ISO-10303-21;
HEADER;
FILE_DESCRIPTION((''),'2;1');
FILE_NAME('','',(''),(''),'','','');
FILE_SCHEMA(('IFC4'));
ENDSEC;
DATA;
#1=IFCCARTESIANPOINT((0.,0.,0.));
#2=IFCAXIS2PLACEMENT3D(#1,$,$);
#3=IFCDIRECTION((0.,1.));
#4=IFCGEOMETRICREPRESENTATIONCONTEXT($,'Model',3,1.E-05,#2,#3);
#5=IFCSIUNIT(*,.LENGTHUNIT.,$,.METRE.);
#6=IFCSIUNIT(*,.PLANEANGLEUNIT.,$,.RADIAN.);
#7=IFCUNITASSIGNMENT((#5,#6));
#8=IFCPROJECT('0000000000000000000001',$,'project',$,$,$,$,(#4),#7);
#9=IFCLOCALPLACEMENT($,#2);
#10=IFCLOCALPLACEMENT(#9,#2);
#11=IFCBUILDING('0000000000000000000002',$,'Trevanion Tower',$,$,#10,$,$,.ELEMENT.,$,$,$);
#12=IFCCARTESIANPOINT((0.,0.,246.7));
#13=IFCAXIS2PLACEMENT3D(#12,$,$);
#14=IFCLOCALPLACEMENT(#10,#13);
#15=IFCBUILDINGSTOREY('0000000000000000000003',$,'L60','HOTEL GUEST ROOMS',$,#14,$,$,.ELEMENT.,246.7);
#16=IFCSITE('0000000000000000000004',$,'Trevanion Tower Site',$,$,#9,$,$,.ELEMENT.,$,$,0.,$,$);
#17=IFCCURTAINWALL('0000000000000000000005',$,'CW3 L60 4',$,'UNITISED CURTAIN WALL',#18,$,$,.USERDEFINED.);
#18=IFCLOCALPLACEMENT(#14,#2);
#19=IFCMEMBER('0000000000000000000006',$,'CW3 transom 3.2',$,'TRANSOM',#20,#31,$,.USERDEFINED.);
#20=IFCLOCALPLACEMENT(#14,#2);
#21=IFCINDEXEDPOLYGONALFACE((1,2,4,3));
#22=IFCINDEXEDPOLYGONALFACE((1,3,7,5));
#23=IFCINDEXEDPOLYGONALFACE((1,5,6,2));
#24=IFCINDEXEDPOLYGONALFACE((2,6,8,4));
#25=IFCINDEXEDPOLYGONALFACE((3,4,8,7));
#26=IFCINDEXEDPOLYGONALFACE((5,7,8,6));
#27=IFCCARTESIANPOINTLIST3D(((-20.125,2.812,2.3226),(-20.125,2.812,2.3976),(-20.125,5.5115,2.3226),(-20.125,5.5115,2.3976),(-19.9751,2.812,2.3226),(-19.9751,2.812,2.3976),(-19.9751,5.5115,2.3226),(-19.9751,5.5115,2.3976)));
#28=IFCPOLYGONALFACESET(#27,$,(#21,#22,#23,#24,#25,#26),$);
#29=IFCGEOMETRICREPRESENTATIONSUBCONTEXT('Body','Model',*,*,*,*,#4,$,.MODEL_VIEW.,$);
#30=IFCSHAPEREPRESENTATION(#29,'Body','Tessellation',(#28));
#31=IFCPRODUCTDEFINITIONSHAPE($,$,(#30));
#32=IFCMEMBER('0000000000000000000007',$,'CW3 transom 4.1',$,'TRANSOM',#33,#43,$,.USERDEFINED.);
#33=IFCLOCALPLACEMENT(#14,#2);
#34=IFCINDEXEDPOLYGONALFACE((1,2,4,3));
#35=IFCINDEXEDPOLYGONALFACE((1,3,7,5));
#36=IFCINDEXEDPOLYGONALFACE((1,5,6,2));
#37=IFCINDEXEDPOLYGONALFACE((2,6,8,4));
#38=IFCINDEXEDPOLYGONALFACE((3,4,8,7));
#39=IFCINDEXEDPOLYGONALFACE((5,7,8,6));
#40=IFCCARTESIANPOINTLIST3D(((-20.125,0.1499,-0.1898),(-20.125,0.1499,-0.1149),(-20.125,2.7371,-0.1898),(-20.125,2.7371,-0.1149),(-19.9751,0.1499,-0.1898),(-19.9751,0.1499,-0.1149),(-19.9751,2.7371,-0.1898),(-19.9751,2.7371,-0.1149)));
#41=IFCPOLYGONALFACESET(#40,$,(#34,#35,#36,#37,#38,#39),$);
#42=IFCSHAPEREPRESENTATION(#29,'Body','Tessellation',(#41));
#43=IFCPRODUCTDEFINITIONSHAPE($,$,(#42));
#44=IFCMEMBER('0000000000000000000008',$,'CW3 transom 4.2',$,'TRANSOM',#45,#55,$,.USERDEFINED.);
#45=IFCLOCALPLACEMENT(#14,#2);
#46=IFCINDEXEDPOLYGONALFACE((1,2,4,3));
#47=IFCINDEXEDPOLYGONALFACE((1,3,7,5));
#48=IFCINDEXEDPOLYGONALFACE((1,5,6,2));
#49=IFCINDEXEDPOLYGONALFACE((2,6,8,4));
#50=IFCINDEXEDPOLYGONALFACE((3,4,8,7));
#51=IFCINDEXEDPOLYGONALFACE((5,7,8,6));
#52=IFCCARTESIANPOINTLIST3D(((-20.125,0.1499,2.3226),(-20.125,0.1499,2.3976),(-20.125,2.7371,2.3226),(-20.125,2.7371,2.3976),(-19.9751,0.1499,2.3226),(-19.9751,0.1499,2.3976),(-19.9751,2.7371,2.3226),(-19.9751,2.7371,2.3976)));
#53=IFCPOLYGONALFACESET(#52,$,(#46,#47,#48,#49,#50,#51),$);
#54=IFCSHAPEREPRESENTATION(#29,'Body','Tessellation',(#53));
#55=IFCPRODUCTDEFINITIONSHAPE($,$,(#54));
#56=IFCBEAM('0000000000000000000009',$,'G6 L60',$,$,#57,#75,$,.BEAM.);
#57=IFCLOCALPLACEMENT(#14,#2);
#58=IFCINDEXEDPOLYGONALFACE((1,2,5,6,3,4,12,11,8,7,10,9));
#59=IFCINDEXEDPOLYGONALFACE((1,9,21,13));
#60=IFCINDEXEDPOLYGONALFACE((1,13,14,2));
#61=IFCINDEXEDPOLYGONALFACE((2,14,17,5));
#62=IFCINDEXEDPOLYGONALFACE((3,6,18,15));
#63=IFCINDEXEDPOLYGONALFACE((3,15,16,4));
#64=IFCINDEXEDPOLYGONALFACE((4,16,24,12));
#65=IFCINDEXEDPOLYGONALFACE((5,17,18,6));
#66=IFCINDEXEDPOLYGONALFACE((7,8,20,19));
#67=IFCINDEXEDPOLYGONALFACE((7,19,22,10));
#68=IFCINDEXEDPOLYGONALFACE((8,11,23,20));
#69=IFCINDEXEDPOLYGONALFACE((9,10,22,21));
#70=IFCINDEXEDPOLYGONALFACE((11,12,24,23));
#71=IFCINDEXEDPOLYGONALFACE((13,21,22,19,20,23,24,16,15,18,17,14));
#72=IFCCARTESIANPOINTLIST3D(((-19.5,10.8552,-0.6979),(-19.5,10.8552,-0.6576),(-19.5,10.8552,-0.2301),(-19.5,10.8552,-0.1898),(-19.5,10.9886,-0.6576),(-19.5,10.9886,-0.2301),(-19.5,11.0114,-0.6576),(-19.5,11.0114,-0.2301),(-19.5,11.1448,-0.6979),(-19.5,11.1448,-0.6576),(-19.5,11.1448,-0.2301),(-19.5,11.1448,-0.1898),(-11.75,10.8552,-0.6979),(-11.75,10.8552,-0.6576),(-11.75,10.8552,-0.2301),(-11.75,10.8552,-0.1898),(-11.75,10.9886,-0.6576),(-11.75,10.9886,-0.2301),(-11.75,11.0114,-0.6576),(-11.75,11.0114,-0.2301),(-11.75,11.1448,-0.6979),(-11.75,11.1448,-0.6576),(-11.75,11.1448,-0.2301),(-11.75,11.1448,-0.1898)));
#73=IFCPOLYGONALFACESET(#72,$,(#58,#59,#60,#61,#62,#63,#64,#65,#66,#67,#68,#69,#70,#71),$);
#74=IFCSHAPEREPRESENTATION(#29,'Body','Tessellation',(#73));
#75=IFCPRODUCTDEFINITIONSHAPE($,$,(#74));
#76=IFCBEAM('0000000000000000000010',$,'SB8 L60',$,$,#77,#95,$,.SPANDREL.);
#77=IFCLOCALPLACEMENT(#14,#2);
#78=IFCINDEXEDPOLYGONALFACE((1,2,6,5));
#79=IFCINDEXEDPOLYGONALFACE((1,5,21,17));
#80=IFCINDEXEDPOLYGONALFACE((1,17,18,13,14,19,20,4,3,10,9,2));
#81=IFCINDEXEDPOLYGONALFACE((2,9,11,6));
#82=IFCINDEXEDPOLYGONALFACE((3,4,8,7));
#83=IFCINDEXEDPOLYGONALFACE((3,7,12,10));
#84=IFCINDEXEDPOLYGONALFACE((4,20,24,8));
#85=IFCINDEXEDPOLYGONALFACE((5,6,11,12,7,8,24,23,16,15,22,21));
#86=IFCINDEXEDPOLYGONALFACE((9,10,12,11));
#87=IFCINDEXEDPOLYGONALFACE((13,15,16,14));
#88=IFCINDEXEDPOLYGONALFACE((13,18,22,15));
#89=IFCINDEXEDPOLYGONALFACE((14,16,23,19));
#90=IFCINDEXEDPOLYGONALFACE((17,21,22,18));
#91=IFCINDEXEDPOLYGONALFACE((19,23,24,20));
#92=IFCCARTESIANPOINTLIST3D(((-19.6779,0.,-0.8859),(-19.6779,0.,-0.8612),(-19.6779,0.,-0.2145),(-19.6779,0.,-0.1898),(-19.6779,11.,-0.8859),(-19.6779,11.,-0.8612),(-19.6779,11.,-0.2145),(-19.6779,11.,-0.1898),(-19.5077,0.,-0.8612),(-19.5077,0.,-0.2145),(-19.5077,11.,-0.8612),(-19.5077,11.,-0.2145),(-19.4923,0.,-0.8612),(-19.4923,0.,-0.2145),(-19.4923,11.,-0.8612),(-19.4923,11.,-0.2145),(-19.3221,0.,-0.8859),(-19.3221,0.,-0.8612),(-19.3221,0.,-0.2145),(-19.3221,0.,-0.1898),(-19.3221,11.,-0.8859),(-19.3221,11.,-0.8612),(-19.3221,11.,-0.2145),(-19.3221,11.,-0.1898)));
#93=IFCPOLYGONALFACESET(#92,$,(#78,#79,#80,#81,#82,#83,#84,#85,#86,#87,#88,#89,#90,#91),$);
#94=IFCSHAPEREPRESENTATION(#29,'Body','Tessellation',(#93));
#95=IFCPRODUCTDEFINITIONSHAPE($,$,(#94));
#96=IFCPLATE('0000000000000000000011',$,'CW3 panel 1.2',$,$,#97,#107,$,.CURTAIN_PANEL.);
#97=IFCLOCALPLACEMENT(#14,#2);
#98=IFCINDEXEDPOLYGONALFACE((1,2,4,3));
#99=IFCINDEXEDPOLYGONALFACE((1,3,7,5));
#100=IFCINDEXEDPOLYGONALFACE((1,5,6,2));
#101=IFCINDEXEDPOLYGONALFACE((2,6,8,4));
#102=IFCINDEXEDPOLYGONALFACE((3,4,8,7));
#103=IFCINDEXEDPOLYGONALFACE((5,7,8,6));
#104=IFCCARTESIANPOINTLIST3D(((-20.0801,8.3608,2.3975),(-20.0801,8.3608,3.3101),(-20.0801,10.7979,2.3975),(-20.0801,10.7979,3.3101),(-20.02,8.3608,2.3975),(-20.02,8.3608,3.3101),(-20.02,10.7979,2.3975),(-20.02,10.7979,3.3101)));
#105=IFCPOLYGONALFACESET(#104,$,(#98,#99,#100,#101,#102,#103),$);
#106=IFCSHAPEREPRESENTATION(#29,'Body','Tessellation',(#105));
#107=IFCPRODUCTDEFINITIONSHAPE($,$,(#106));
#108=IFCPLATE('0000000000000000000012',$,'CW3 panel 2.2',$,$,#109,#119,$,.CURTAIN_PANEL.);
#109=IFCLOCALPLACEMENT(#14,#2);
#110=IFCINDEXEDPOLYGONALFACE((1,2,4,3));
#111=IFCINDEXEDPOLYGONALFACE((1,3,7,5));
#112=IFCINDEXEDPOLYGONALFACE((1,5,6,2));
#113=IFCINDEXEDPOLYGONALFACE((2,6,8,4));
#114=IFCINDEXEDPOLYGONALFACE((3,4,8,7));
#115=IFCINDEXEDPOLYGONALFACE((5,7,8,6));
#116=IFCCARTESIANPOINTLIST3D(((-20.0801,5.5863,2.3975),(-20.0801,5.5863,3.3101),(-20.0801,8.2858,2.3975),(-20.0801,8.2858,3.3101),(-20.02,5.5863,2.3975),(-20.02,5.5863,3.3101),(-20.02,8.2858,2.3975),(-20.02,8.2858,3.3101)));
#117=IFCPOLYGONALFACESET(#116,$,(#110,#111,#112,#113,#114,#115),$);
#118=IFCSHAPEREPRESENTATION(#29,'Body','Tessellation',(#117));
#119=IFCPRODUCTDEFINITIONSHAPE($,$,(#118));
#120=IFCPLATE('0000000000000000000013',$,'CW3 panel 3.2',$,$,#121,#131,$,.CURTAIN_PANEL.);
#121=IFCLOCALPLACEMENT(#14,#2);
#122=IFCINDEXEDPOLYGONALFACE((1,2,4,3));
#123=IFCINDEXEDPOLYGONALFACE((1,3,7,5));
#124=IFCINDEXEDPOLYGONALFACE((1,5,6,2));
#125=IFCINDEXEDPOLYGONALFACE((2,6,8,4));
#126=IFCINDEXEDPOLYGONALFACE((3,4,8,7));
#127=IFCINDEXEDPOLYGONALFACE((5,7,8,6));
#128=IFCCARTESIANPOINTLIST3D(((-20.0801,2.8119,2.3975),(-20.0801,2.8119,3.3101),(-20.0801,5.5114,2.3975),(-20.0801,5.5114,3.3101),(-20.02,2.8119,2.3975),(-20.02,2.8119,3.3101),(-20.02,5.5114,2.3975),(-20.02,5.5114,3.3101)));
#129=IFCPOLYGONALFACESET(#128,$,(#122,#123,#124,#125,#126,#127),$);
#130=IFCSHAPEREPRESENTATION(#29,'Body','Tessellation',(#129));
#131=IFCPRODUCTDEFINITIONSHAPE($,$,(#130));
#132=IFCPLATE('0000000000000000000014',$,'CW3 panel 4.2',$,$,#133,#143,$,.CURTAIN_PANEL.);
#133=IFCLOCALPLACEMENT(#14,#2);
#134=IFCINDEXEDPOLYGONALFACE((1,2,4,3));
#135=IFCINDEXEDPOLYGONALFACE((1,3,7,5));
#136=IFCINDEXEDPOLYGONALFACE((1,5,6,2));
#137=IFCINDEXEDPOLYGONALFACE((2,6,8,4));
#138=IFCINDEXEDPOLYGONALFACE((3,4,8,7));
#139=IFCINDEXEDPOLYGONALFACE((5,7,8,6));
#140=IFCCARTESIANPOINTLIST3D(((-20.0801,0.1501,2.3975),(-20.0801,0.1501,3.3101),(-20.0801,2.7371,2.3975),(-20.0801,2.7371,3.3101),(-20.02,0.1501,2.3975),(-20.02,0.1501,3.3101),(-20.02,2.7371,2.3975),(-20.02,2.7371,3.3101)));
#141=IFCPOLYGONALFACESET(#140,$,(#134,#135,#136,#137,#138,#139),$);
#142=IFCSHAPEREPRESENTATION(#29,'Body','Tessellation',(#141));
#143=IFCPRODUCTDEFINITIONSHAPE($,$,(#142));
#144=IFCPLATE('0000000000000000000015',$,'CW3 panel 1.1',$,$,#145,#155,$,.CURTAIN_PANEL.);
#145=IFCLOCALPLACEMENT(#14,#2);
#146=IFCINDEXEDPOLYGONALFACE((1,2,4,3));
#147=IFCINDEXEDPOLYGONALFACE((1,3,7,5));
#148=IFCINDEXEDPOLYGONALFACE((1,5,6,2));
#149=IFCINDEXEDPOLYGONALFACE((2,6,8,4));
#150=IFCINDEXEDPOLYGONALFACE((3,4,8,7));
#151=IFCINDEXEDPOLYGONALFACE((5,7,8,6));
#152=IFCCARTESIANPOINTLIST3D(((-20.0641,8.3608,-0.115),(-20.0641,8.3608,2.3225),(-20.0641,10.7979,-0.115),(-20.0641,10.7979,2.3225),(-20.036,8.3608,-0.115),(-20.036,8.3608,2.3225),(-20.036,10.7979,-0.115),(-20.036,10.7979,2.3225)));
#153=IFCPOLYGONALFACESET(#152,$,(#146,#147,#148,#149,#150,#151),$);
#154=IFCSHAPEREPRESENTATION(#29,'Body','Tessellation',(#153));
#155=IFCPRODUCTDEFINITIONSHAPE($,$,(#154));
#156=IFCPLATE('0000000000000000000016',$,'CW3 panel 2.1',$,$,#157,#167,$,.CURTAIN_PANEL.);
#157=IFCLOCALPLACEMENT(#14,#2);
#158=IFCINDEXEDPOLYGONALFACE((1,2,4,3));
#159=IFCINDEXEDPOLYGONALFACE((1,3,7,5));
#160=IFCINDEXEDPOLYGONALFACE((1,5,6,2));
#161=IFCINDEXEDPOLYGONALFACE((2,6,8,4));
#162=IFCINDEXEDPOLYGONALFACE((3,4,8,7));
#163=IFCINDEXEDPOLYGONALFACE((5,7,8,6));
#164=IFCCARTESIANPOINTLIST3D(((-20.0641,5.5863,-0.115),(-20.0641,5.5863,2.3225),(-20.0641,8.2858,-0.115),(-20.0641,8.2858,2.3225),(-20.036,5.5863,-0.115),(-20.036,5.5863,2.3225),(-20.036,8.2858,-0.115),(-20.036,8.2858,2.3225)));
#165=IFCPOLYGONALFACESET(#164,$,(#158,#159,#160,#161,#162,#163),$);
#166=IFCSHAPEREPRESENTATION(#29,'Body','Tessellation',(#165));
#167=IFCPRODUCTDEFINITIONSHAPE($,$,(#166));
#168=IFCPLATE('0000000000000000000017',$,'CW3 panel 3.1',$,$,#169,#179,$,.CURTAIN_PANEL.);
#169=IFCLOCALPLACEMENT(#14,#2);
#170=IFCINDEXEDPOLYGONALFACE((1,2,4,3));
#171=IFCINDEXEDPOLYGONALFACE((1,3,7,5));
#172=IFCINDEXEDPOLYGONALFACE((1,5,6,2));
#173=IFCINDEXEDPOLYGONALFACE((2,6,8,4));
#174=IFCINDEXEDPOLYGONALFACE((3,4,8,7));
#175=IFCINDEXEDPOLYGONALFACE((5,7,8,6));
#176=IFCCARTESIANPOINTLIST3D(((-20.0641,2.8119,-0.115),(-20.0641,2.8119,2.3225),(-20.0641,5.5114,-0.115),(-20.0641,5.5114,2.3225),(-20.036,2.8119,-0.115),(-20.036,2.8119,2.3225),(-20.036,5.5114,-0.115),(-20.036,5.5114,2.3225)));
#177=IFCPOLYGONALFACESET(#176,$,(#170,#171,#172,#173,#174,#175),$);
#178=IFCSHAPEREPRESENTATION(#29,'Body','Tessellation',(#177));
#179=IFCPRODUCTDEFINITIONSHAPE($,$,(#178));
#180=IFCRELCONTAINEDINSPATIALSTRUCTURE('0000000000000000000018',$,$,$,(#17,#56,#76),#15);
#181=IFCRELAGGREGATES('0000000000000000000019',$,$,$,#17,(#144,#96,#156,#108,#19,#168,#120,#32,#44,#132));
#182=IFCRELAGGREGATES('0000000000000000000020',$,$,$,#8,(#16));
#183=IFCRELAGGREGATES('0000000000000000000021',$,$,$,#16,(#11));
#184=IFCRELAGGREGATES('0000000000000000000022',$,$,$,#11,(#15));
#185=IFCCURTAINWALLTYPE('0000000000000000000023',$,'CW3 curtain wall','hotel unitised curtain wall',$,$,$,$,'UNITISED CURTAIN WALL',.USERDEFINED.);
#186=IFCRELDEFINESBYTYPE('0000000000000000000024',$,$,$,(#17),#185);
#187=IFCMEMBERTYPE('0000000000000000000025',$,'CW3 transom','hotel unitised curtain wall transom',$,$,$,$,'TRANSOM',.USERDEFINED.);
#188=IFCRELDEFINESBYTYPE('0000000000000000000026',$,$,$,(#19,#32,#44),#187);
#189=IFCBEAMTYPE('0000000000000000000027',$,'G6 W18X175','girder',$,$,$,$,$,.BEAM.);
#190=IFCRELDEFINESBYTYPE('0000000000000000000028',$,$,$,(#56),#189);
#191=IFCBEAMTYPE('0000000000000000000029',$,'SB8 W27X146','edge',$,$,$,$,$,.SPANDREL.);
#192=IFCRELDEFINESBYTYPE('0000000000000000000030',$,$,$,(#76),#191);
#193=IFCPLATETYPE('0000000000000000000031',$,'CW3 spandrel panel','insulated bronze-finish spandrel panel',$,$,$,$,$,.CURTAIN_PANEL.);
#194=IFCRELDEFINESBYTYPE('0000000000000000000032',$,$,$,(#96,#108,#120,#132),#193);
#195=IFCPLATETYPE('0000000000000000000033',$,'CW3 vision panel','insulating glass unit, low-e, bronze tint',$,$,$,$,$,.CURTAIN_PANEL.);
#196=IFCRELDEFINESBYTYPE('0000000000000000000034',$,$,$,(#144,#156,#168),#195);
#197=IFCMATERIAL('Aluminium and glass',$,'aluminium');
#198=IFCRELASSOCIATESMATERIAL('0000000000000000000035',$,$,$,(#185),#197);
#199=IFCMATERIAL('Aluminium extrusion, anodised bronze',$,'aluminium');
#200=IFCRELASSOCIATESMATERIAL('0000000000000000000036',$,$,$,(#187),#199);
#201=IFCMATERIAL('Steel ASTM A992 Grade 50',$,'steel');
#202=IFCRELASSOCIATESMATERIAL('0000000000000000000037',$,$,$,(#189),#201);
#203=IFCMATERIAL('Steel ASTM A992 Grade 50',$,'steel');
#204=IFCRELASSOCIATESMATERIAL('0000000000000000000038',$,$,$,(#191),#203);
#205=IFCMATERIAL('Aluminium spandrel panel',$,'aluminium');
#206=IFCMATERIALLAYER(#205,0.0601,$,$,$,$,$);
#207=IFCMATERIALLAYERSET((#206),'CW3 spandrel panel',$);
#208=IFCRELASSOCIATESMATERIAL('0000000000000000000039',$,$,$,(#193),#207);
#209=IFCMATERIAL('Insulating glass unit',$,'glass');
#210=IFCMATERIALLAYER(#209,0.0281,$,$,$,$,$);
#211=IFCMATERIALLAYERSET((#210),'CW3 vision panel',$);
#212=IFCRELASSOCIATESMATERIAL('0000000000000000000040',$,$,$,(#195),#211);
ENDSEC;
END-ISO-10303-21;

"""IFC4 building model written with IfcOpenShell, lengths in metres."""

from ifc_helpers import new_model, si_unit, direction, frame, origin, origin_2d, place, context, subcontext, project, spatial, rectangle, i_section, extrude, material, layer, layer_set, material_profile, profile_set, type_object, element, aggregate, save


model = new_model("IFC4")

# Units and contexts
model_context = context("Model", 3, precision=1e-05, world=origin(), true_north=direction((0.0, 1.0)))
body_context = subcontext(model_context, "Body", "Model", "MODEL_VIEW")
ifc_project = project(units=[si_unit("LENGTHUNIT", "METRE"), si_unit("PLANEANGLEUNIT", "RADIAN")], contexts=[model_context])

# Site, building, storey
site_placement = place(None, origin())
site = spatial("IfcSite", under=ifc_project, at=site_placement, Name="Trevanion Tower Site", CompositionType="ELEMENT", RefElevation=0.0)
building_placement = place(site_placement, origin())
building = spatial("IfcBuilding", under=site, at=building_placement, Name="Trevanion Tower", CompositionType="ELEMENT")
storey_placement = place(building_placement, frame((0.0, 0.0, 246.7)))
storey = spatial("IfcBuildingStorey", under=building, at=storey_placement, Name="L60", Description="HOTEL GUEST ROOMS", CompositionType="ELEMENT", Elevation=246.7)

# Curtain wall, members
ifc_material_1 = material(Name="Aluminium and glass", Category="aluminium")
curtain_wall_type = type_object("IfcCurtainWallType", Name="CW3 curtain wall", Description="hotel unitised curtain wall", ElementType="UNITISED CURTAIN WALL", PredefinedType="USERDEFINED", material=ifc_material_1)
curtain_wall_placement = place(storey_placement, origin())
curtain_wall = element("IfcCurtainWall", 1, at=curtain_wall_placement, inside=storey, type_object=curtain_wall_type, Name="CW3 L60 4", ObjectType="UNITISED CURTAIN WALL", PredefinedType="USERDEFINED")
ifc_material_2 = material(Name="Aluminium extrusion, anodised bronze", Category="aluminium")
ifc_material_profile_1 = material_profile(ifc_material_2, rectangle(XDim=0.1499, YDim=0.075, at=origin_2d()), Name="CW3 transom")
ifc_profile_set_1 = profile_set([ifc_material_profile_1], Name="Aluminium extrusion, anodised bronze")
member_type_1 = type_object("IfcMemberType", Name="CW3 transom", Description="hotel unitised curtain wall transom", ElementType="TRANSOM", PredefinedType="USERDEFINED", material=ifc_profile_set_1)
member_1_placement = place(storey_placement, frame((-20.05, 5.5115, 2.3601), z_axis=(0.0, -1.0, 0.0), x_axis=(1.0, 0.0, 0.0)))
member_1 = element("IfcMember", 2, at=member_1_placement, type_object=member_type_1, Name="CW3 transom 3.2", ObjectType="TRANSOM", PredefinedType="USERDEFINED", context=body_context, shape_type="SweptSolid", body=[
    extrude(rectangle(XDim=0.1499, YDim=0.075, at=origin_2d()), origin(), (0.0, 0.0, 1.0), 2.6995),
])
member_2_placement = place(storey_placement, frame((-20.05, 2.7371, -0.1523), z_axis=(0.0, -1.0, 0.0), x_axis=(1.0, 0.0, 0.0)))
member_2 = element("IfcMember", 3, at=member_2_placement, type_object=member_type_1, Name="CW3 transom 4.1", ObjectType="TRANSOM", PredefinedType="USERDEFINED", context=body_context, shape_type="SweptSolid", body=[
    extrude(rectangle(XDim=0.1499, YDim=0.075, at=origin_2d()), origin(), (0.0, 0.0, 1.0), 2.5872),
])
member_3_placement = place(storey_placement, frame((-20.05, 2.7371, 2.3601), z_axis=(0.0, -1.0, 0.0), x_axis=(1.0, 0.0, 0.0)))
member_3 = element("IfcMember", 4, at=member_3_placement, type_object=member_type_1, Name="CW3 transom 4.2", ObjectType="TRANSOM", PredefinedType="USERDEFINED", context=body_context, shape_type="SweptSolid", body=[
    extrude(rectangle(XDim=0.1499, YDim=0.075, at=origin_2d()), origin(), (0.0, 0.0, 1.0), 2.5872),
])

# Beams
ifc_material_3 = material(Name="Steel ASTM A992 Grade 50", Category="steel")
ifc_material_profile_2 = material_profile(ifc_material_3, i_section(OverallWidth=0.2896, OverallDepth=0.5081, WebThickness=0.0227, FlangeThickness=0.0403, at=origin_2d()), Name="W18X175")
ifc_profile_set_2 = profile_set([ifc_material_profile_2], Name="Steel ASTM A992 Grade 50")
beam_type_1 = type_object("IfcBeamType", Name="G6 W18X175", Description="girder", PredefinedType="BEAM", material=ifc_profile_set_2)
beam_1_placement = place(storey_placement, frame((-11.75, 11.0, -0.4438), z_axis=(-1.0, 0.0, 0.0), x_axis=(0.0, -1.0, 0.0)))
element("IfcBeam", 5, at=beam_1_placement, inside=storey, type_object=beam_type_1, Name="G6 L60", PredefinedType="BEAM", context=body_context, shape_type="SweptSolid", body=[
    extrude(i_section(OverallWidth=0.2896, OverallDepth=0.5081, WebThickness=0.0227, FlangeThickness=0.0403, at=origin_2d()), origin(), (0.0, 0.0, 1.0), 7.75),
])
ifc_material_4 = material(Name="Steel ASTM A992 Grade 50", Category="steel")
ifc_material_profile_3 = material_profile(ifc_material_4, i_section(OverallWidth=0.3557, OverallDepth=0.696, WebThickness=0.0154, FlangeThickness=0.0247, at=origin_2d()), Name="W27X146")
ifc_profile_set_3 = profile_set([ifc_material_profile_3], Name="Steel ASTM A992 Grade 50")
beam_type_2 = type_object("IfcBeamType", Name="SB8 W27X146", Description="edge", PredefinedType="SPANDREL", material=ifc_profile_set_3)
beam_2_placement = place(storey_placement, frame((-19.5, 11.0, -0.5378), z_axis=(0.0, -1.0, 0.0), x_axis=(1.0, 0.0, 0.0)))
element("IfcBeam", 6, at=beam_2_placement, inside=storey, type_object=beam_type_2, Name="SB8 L60", PredefinedType="SPANDREL", context=body_context, shape_type="SweptSolid", body=[
    extrude(i_section(OverallWidth=0.3557, OverallDepth=0.696, WebThickness=0.0154, FlangeThickness=0.0247, at=origin_2d()), origin(), (0.0, 0.0, 1.0), 11.0),
])

# Plates
ifc_material_5 = material(Name="Aluminium spandrel panel", Category="aluminium")
ifc_layer_1 = layer(ifc_material_5, 0.0601)
ifc_layer_set_1 = layer_set([ifc_layer_1], Name="CW3 spandrel panel")
plate_type_1 = type_object("IfcPlateType", Name="CW3 spandrel panel", Description="insulated bronze-finish spandrel panel", PredefinedType="CURTAIN_PANEL", material=ifc_layer_set_1)
plate_1_placement = place(storey_placement, frame((-20.05, 9.5793, 2.3975), z_axis=(0.0, 0.0, 1.0), x_axis=(0.0, -1.0, 0.0)))
plate_1 = element("IfcPlate", 7, at=plate_1_placement, type_object=plate_type_1, Name="CW3 panel 1.2", PredefinedType="CURTAIN_PANEL", context=body_context, shape_type="SweptSolid", body=[
    extrude(rectangle(XDim=2.437, YDim=0.0601, at=origin_2d()), origin(), (0.0, 0.0, 1.0), 0.9126),
])
plate_2_placement = place(storey_placement, frame((-20.05, 6.936, 2.3975), z_axis=(0.0, 0.0, 1.0), x_axis=(0.0, -1.0, 0.0)))
plate_2 = element("IfcPlate", 8, at=plate_2_placement, type_object=plate_type_1, Name="CW3 panel 2.2", PredefinedType="CURTAIN_PANEL", context=body_context, shape_type="SweptSolid", body=[
    extrude(rectangle(XDim=2.6995, YDim=0.0601, at=origin_2d()), origin(), (0.0, 0.0, 1.0), 0.9126),
])
plate_3_placement = place(storey_placement, frame((-20.05, 4.1616, 2.3975), z_axis=(0.0, 0.0, 1.0), x_axis=(0.0, -1.0, 0.0)))
plate_3 = element("IfcPlate", 9, at=plate_3_placement, type_object=plate_type_1, Name="CW3 panel 3.2", PredefinedType="CURTAIN_PANEL", context=body_context, shape_type="SweptSolid", body=[
    extrude(rectangle(XDim=2.6995, YDim=0.0601, at=origin_2d()), origin(), (0.0, 0.0, 1.0), 0.9126),
])
plate_4_placement = place(storey_placement, frame((-20.05, 1.4436, 2.3975), z_axis=(0.0, 0.0, 1.0), x_axis=(0.0, -1.0, 0.0)))
plate_4 = element("IfcPlate", 10, at=plate_4_placement, type_object=plate_type_1, Name="CW3 panel 4.2", PredefinedType="CURTAIN_PANEL", context=body_context, shape_type="SweptSolid", body=[
    extrude(rectangle(XDim=2.5869, YDim=0.0601, at=origin_2d()), origin(), (0.0, 0.0, 1.0), 0.9126),
])
ifc_material_6 = material(Name="Insulating glass unit", Category="glass")
ifc_layer_2 = layer(ifc_material_6, 0.0281)
ifc_layer_set_2 = layer_set([ifc_layer_2], Name="CW3 vision panel")
plate_type_2 = type_object("IfcPlateType", Name="CW3 vision panel", Description="insulating glass unit, low-e, bronze tint", PredefinedType="CURTAIN_PANEL", material=ifc_layer_set_2)
plate_5_placement = place(storey_placement, frame((-20.05, 9.5793, -0.115), z_axis=(0.0, 0.0, 1.0), x_axis=(0.0, -1.0, 0.0)))
plate_5 = element("IfcPlate", 11, at=plate_5_placement, type_object=plate_type_2, Name="CW3 panel 1.1", PredefinedType="CURTAIN_PANEL", context=body_context, shape_type="SweptSolid", body=[
    extrude(rectangle(XDim=2.437, YDim=0.0281, at=origin_2d()), origin(), (0.0, 0.0, 1.0), 2.4375),
])
plate_6_placement = place(storey_placement, frame((-20.05, 6.936, -0.115), z_axis=(0.0, 0.0, 1.0), x_axis=(0.0, -1.0, 0.0)))
plate_6 = element("IfcPlate", 12, at=plate_6_placement, type_object=plate_type_2, Name="CW3 panel 2.1", PredefinedType="CURTAIN_PANEL", context=body_context, shape_type="SweptSolid", body=[
    extrude(rectangle(XDim=2.6995, YDim=0.0281, at=origin_2d()), origin(), (0.0, 0.0, 1.0), 2.4375),
])
plate_7_placement = place(storey_placement, frame((-20.05, 4.1616, -0.115), z_axis=(0.0, 0.0, 1.0), x_axis=(0.0, -1.0, 0.0)))
plate_7 = element("IfcPlate", 13, at=plate_7_placement, type_object=plate_type_2, Name="CW3 panel 3.1", PredefinedType="CURTAIN_PANEL", context=body_context, shape_type="SweptSolid", body=[
    extrude(rectangle(XDim=2.6995, YDim=0.0281, at=origin_2d()), origin(), (0.0, 0.0, 1.0), 2.4375),
])
aggregate(curtain_wall, [plate_5, plate_1, plate_6, plate_2, member_1, plate_7, plate_3, member_2, member_3, plate_4])

save(model, "model.ifc")
